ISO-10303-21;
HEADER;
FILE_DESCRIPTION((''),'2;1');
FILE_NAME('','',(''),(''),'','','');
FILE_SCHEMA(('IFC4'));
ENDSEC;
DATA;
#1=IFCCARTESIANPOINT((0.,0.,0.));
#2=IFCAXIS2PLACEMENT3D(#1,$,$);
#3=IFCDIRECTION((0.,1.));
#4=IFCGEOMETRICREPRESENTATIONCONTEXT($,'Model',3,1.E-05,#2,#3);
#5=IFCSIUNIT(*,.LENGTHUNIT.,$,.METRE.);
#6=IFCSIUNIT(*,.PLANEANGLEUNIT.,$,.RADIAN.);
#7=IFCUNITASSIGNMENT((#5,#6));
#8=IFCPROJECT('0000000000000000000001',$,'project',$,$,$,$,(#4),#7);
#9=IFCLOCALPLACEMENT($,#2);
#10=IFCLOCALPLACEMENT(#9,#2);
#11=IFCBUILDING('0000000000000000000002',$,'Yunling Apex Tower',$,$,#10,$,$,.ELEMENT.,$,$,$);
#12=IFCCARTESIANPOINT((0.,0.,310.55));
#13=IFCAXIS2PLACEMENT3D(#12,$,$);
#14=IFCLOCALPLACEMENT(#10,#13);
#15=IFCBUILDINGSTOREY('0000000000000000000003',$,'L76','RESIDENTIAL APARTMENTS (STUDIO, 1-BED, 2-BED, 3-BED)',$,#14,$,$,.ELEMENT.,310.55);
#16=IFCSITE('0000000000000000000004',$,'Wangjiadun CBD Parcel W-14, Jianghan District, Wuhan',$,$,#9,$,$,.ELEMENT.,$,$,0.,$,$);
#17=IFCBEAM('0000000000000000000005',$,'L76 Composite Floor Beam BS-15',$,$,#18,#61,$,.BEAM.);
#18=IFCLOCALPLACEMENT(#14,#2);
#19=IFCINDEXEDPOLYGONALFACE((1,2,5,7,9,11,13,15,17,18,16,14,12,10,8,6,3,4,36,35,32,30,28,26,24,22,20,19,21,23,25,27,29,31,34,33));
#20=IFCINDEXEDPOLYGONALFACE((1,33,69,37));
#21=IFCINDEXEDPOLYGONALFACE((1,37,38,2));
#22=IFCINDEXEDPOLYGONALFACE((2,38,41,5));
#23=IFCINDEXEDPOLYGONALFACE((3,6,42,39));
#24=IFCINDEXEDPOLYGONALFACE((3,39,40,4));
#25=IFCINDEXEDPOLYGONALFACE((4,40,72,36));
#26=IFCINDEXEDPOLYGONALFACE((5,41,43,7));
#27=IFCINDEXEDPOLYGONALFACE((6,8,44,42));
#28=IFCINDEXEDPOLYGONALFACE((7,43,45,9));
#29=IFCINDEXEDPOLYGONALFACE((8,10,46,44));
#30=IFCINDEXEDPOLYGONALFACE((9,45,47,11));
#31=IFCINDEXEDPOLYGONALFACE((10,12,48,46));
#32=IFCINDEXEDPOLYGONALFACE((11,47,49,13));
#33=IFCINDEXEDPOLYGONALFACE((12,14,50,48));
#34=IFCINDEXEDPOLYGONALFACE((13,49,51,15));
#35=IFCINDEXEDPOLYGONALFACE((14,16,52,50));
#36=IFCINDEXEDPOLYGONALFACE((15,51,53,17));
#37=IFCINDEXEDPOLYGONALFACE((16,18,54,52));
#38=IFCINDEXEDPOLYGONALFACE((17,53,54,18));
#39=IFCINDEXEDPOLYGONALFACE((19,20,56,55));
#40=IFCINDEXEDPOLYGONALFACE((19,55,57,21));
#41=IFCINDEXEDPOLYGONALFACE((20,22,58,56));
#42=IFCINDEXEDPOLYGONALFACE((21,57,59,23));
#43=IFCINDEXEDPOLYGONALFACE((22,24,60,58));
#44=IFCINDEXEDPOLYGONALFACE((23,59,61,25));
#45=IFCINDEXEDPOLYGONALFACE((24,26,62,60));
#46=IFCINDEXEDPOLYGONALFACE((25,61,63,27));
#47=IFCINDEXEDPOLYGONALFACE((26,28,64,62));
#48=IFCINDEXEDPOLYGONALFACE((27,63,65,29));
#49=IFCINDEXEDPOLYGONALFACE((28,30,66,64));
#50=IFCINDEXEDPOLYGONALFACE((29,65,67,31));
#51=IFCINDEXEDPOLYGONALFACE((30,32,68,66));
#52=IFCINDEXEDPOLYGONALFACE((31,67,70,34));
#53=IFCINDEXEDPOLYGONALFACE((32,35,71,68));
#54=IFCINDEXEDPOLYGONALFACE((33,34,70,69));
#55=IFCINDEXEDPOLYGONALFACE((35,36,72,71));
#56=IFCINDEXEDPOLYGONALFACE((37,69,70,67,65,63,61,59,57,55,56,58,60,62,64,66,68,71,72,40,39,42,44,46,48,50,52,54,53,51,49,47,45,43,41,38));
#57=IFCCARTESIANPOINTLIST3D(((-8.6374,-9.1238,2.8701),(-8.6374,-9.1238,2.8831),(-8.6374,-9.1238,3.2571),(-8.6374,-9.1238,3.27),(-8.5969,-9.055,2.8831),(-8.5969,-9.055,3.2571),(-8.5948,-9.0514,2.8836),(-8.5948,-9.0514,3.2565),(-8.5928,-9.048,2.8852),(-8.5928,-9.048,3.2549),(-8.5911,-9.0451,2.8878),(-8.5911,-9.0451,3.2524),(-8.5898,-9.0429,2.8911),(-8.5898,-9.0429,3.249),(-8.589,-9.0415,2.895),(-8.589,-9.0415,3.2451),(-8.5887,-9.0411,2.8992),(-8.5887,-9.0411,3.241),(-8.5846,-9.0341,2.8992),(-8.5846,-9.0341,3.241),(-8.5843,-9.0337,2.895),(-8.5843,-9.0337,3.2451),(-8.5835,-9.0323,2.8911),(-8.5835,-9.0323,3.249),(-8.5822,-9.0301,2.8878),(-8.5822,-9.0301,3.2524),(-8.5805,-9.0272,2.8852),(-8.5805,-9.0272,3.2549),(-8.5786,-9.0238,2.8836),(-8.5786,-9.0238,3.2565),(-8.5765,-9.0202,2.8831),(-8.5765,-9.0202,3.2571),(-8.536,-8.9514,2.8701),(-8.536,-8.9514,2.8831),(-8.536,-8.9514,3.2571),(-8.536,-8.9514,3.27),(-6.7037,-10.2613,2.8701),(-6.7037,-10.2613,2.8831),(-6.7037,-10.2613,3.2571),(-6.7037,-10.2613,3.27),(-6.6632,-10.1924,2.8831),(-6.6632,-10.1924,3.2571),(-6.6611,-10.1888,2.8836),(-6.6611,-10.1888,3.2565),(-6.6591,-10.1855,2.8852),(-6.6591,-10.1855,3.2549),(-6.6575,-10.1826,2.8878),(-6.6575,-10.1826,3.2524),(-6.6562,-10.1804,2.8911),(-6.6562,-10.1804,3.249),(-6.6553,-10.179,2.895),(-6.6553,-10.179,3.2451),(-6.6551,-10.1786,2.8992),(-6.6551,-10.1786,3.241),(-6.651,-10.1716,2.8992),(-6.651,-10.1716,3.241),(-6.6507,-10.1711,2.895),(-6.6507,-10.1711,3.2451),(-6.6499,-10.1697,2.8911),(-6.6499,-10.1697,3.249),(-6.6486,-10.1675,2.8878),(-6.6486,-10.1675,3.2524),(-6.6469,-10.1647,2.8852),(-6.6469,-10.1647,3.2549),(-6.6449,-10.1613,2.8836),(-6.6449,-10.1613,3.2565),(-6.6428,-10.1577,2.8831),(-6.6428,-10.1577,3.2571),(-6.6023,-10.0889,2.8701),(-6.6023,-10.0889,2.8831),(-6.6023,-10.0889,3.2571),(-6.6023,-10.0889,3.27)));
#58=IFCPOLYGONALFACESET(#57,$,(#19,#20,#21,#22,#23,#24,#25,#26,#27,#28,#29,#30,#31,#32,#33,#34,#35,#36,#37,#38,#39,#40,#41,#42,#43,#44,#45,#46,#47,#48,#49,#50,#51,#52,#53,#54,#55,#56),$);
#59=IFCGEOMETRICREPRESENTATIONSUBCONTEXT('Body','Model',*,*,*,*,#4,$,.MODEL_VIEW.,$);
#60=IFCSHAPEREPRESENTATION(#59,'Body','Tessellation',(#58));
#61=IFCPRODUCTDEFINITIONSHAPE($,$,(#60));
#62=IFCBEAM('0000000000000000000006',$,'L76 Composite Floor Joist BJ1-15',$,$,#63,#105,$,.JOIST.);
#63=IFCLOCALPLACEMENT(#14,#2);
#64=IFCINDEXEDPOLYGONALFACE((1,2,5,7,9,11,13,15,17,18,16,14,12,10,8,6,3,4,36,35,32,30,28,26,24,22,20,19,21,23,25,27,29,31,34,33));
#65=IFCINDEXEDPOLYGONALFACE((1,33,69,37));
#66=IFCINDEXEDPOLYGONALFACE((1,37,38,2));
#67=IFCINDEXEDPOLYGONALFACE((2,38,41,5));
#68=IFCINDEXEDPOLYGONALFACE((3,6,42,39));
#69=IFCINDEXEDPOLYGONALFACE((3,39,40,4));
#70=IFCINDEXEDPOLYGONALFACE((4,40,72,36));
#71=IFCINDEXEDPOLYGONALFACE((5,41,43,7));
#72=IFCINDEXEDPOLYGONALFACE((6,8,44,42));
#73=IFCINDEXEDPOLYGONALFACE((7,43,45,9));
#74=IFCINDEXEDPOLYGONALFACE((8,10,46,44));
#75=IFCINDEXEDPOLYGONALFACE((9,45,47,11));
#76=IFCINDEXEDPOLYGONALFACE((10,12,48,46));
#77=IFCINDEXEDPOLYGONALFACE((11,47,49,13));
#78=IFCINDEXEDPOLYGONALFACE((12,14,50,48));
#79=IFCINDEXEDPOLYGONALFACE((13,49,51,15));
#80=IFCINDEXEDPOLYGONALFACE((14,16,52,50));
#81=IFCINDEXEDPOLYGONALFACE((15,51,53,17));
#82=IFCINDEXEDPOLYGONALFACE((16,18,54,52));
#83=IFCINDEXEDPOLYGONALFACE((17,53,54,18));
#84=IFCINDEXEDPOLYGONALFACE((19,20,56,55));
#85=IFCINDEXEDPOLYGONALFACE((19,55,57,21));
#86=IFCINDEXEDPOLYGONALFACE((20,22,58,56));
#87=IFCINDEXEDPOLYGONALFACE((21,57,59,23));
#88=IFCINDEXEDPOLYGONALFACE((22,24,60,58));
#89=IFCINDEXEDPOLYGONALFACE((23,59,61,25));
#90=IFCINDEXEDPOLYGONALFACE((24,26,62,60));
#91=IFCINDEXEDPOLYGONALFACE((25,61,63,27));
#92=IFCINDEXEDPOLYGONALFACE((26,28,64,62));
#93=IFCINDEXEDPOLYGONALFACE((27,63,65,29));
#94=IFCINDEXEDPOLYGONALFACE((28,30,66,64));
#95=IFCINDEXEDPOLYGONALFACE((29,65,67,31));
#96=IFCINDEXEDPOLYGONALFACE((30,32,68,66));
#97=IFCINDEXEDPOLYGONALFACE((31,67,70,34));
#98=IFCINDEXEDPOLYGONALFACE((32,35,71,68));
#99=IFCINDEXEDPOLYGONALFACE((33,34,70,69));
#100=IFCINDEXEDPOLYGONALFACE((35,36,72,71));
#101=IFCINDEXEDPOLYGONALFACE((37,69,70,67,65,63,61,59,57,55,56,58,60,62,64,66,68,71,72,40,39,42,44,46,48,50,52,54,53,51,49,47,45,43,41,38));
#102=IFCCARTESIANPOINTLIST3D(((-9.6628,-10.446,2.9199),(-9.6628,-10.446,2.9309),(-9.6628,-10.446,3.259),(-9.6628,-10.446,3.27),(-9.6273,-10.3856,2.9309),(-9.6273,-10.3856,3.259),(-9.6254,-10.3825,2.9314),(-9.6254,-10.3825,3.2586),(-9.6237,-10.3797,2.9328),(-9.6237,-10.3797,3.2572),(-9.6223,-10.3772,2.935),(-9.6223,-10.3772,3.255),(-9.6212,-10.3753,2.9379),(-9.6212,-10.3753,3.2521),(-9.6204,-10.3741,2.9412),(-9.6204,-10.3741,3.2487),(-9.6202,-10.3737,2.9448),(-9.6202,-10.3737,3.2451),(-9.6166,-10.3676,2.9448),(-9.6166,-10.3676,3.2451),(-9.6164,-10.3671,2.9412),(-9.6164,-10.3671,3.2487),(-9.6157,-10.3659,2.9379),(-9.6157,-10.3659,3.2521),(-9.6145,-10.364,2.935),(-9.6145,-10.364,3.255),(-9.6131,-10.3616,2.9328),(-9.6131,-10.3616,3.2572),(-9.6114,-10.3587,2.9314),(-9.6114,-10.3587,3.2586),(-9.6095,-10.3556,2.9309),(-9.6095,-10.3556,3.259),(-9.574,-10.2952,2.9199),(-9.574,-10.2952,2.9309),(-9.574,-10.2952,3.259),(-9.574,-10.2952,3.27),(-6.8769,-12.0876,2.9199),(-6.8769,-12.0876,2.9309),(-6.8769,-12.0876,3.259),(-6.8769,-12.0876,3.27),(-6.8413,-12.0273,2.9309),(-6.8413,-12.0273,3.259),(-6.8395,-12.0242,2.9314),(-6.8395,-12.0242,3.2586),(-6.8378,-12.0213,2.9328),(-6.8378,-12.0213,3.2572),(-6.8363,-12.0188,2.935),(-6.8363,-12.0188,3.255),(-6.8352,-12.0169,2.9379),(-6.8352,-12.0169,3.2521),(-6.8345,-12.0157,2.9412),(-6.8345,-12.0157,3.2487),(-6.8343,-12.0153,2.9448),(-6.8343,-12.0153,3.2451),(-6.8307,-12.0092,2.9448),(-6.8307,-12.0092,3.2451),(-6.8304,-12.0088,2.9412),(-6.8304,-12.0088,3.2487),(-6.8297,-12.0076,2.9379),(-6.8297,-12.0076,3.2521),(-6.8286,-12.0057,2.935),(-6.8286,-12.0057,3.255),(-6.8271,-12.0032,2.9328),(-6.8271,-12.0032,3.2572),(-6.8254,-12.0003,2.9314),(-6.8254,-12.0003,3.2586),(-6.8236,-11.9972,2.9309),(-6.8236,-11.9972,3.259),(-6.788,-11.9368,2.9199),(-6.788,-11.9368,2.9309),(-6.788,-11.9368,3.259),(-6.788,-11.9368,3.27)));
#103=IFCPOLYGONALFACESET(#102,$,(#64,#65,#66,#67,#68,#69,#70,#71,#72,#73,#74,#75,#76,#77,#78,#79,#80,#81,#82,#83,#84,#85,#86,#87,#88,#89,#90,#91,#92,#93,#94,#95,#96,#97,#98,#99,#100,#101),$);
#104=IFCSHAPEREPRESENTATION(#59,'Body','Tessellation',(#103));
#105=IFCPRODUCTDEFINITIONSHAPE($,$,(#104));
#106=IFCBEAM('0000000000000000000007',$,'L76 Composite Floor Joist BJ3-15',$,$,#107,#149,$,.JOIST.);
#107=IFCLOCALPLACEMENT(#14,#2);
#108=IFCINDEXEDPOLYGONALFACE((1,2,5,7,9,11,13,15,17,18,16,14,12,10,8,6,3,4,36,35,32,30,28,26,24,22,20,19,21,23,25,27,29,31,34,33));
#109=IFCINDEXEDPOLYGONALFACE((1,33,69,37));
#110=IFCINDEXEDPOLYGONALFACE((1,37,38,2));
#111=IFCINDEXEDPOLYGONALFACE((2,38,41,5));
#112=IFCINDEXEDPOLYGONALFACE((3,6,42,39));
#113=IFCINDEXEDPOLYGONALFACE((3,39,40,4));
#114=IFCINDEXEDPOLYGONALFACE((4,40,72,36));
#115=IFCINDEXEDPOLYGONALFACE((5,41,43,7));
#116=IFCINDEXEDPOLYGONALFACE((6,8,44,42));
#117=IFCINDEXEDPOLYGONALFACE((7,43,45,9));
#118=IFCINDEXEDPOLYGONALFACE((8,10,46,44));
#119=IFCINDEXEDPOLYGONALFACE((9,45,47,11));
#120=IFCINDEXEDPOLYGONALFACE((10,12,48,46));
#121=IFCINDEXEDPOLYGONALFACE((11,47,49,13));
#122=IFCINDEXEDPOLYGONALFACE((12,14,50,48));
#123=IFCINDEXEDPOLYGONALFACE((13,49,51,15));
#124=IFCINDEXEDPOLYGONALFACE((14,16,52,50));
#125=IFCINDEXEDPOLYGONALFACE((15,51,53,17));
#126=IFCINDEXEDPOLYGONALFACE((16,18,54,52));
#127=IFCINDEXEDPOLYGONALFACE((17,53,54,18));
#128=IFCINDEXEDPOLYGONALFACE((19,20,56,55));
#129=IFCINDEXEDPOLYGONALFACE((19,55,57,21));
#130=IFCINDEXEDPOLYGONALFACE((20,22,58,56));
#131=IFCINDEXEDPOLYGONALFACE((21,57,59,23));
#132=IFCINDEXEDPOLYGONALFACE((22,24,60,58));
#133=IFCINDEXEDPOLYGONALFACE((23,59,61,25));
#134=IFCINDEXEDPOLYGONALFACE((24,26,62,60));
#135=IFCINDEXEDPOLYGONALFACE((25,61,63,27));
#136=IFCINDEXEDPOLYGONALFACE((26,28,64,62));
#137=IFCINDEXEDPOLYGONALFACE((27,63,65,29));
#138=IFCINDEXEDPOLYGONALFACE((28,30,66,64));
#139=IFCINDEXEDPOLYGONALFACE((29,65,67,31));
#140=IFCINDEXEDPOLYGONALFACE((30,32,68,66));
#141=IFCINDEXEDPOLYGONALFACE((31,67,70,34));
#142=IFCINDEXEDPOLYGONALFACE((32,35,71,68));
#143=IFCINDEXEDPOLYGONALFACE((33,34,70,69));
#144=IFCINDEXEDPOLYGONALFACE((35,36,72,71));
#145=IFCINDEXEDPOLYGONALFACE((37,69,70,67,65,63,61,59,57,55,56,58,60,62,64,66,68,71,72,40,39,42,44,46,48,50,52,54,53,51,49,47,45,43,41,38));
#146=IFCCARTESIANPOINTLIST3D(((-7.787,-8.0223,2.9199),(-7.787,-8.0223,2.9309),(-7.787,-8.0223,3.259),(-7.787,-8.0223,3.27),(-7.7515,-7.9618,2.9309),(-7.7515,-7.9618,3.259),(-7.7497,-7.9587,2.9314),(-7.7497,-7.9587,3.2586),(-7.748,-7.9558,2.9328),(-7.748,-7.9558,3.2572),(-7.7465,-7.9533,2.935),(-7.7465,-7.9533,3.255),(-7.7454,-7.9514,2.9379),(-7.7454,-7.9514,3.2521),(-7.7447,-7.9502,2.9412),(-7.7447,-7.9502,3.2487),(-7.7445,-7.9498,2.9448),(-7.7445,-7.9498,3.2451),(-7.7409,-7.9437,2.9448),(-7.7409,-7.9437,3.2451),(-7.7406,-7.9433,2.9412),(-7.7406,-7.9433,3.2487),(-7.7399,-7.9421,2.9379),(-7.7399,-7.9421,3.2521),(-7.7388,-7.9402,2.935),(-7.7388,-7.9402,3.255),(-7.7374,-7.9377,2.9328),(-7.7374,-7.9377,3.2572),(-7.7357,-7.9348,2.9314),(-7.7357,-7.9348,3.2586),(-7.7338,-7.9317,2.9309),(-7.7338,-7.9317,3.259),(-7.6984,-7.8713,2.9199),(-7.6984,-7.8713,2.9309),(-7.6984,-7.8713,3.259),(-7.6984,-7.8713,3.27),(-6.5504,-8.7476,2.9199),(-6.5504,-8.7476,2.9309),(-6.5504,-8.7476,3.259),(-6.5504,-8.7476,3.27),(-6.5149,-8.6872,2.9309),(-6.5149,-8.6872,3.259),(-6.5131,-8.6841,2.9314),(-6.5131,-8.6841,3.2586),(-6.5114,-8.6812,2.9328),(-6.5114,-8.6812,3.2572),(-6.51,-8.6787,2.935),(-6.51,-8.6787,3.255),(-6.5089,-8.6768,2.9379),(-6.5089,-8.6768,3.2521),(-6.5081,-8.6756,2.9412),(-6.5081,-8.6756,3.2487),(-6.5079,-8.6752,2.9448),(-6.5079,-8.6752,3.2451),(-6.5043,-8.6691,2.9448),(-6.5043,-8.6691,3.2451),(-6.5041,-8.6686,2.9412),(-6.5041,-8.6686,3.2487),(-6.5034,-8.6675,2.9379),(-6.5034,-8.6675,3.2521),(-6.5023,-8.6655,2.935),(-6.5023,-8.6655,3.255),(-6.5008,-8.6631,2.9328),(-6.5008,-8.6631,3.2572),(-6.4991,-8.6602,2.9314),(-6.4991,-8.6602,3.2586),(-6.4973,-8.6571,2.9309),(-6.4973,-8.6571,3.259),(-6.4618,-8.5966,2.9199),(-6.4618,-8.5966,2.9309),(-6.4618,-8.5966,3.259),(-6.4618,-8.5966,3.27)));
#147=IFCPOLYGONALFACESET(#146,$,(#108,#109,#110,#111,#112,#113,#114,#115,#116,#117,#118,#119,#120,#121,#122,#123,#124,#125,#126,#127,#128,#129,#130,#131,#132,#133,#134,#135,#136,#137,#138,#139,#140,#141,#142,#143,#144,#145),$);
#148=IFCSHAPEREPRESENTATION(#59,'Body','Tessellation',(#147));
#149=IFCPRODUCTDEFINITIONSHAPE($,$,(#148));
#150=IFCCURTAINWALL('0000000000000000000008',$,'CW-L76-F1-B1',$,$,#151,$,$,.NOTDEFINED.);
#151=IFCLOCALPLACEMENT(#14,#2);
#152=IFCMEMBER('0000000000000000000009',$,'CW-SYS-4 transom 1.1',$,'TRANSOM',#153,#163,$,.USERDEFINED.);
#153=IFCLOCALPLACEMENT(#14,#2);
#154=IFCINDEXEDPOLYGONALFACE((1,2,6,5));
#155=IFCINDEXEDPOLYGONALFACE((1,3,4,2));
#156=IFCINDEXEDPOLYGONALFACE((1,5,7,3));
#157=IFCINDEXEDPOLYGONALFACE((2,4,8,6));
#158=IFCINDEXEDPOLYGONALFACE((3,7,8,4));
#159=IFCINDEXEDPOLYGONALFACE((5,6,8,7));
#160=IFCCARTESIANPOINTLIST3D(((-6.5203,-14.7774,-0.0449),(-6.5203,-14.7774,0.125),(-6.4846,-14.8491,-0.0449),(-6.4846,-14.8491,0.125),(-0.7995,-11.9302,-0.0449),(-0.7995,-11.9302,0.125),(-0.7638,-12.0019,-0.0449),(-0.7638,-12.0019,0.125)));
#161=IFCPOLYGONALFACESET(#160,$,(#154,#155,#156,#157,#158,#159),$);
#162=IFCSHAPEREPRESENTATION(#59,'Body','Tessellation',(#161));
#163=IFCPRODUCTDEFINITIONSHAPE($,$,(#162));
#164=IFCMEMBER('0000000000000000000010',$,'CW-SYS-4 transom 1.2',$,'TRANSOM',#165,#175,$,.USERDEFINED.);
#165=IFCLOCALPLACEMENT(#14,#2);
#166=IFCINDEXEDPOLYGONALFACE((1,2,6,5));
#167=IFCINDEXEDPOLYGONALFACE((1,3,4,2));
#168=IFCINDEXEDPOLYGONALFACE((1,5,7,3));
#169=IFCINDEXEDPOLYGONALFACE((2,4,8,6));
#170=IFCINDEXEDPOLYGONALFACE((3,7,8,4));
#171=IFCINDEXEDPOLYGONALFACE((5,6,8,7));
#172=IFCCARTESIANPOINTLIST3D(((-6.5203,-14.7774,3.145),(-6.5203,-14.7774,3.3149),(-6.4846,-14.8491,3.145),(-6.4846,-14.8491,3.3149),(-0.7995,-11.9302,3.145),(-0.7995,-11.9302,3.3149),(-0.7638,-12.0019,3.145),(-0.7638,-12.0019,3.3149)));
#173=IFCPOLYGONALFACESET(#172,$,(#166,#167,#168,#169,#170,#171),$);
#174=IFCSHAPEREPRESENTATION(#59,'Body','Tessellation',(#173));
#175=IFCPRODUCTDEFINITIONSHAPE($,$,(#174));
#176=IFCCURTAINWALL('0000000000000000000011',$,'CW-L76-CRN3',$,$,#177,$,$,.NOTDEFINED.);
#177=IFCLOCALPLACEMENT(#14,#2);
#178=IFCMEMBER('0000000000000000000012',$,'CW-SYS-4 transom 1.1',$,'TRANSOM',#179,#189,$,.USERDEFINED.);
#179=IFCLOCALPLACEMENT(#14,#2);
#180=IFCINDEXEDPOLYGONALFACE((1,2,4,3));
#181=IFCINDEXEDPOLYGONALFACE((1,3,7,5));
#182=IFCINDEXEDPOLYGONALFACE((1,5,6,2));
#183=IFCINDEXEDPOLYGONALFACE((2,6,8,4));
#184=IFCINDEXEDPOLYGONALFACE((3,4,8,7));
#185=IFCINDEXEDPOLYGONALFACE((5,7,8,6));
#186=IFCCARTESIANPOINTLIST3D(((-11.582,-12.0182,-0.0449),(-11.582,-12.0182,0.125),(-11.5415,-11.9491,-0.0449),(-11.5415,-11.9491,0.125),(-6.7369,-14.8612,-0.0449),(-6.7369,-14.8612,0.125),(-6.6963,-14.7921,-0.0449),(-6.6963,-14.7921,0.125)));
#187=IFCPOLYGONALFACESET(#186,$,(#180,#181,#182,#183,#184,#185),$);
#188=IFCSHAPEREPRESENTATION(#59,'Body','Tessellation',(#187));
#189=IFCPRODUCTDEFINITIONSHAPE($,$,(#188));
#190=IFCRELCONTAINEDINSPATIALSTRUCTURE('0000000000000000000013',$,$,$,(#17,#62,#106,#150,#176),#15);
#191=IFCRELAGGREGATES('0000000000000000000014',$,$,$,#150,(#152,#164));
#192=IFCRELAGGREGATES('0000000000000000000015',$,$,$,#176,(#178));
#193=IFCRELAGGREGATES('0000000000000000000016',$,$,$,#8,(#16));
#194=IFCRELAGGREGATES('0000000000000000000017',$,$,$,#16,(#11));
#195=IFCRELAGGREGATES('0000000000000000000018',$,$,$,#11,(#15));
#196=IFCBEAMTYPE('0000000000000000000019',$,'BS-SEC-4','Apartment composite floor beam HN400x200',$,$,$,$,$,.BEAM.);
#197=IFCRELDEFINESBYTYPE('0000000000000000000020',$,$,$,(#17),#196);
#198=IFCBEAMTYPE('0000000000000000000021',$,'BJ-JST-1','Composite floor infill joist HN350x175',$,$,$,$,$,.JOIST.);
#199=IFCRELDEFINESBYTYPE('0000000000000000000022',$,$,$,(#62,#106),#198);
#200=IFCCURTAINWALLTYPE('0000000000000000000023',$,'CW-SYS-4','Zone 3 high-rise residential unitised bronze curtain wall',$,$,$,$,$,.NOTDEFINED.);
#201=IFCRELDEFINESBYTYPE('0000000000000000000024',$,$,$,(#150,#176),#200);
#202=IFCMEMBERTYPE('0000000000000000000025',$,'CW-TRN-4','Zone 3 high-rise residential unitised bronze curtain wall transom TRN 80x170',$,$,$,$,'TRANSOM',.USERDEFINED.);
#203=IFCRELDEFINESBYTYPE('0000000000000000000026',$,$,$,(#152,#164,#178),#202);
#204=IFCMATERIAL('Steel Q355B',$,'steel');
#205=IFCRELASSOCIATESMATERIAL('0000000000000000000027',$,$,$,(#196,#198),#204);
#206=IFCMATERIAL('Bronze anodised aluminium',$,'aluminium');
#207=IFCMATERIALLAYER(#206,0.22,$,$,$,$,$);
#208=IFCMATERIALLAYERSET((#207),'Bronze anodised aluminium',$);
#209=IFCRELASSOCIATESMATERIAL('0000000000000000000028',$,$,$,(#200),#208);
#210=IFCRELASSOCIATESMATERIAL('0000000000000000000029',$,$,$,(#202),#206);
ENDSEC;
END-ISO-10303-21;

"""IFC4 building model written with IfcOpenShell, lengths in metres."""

from ifc_helpers import new_model, si_unit, direction, frame, origin, origin_2d, place, context, subcontext, project, spatial, rectangle, i_section, extrude, source, transform, mapped, material, layer, layer_set, material_profile, profile_set, type_object, element, aggregate, save


model = new_model("IFC4")

# Units and contexts
model_context = context("Model", 3, precision=1e-05, world=origin(), true_north=direction((0.0, 1.0)))
body_context = subcontext(model_context, "Body", "Model", "MODEL_VIEW")
ifc_project = project(units=[si_unit("LENGTHUNIT", "METRE"), si_unit("PLANEANGLEUNIT", "RADIAN")], contexts=[model_context])

# Site, building, storey
site_placement = place(None, origin())
site = spatial("IfcSite", under=ifc_project, at=site_placement, Name="Wangjiadun CBD Parcel W-14, Jianghan District, Wuhan", CompositionType="ELEMENT", RefElevation=0.0)
building_placement = place(site_placement, origin())
building = spatial("IfcBuilding", under=site, at=building_placement, Name="Yunling Apex Tower", CompositionType="ELEMENT")
storey_placement = place(building_placement, frame((0.0, 0.0, 310.55)))
storey = spatial("IfcBuildingStorey", under=building, at=storey_placement, Name="L76", Description="RESIDENTIAL APARTMENTS (STUDIO, 1-BED, 2-BED, 3-BED)", CompositionType="ELEMENT", Elevation=310.55)

# Shared definitions
ifc_material_1 = material(Name="Steel Q355B", Category="steel")

# Beams
ifc_material_profile_1 = material_profile(ifc_material_1, i_section(OverallWidth=0.2, OverallDepth=0.3999, WebThickness=0.0081, FlangeThickness=0.0129, FilletRadius=0.0161, at=origin_2d()))
ifc_profile_set_1 = profile_set([ifc_material_profile_1], Name="Steel Q355B")
beam_type_1 = type_object("IfcBeamType", Name="BS-SEC-4", Description="Apartment composite floor beam HN400x200", PredefinedType="BEAM", material=ifc_profile_set_1)
ifc_material_profile_2 = material_profile(ifc_material_1, i_section(OverallWidth=0.175, OverallDepth=0.3501, WebThickness=0.0071, FlangeThickness=0.011, FilletRadius=0.0139, at=origin_2d()))
ifc_profile_set_2 = profile_set([ifc_material_profile_2], Name="Steel Q355B")
beam_type_2 = type_object("IfcBeamType", Name="BJ-JST-1", Description="Composite floor infill joist HN350x175", PredefinedType="JOIST", material=ifc_profile_set_2)
shared_shape_1 = source(origin(), body_context, "Body", "SweptSolid", [
    extrude(i_section(OverallWidth=0.2, OverallDepth=0.3999, WebThickness=0.0081, FlangeThickness=0.0129, FilletRadius=0.0161, at=origin_2d()), origin(), (0.0, 0.0, 1.0), 2.2434),
])
beam_1_placement = place(storey_placement, frame((-8.5867, -9.0376, 3.0701), z_axis=(0.861926, -0.507034, 0.0), x_axis=(0.507034, 0.861926, 0.0)))
element("IfcBeam", 1, at=beam_1_placement, inside=storey, type_object=beam_type_1, Name="L76 Composite Floor Beam BS-15", PredefinedType="BEAM", context=body_context, shape_type="MappedRepresentation", body=[
    mapped(shared_shape_1, transform((0.0, 0.0, 0.0), scale=1.0)),
])
shared_shape_2 = source(origin(), body_context, "Body", "SweptSolid", [
    extrude(i_section(OverallWidth=0.175, OverallDepth=0.3501, WebThickness=0.0071, FlangeThickness=0.011, FilletRadius=0.0139, at=origin_2d()), origin(), (0.0, 0.0, 1.0), 3.2336),
])
beam_2_placement = place(storey_placement, frame((-9.6184, -10.3706, 3.095), z_axis=(0.86155, -0.507673, 0.0), x_axis=(0.507673, 0.86155, 0.0)))
element("IfcBeam", 2, at=beam_2_placement, inside=storey, type_object=beam_type_2, Name="L76 Composite Floor Joist BJ1-15", PredefinedType="JOIST", context=body_context, shape_type="MappedRepresentation", body=[
    mapped(shared_shape_2, transform((0.0, 0.0, 0.0), scale=1.0)),
])
shared_shape_3 = source(origin(), body_context, "Body", "SweptSolid", [
    extrude(i_section(OverallWidth=0.175, OverallDepth=0.3501, WebThickness=0.0071, FlangeThickness=0.011, FilletRadius=0.0139, at=origin_2d()), origin(), (0.0, 0.0, 1.0), 1.4336),
])
beam_3_placement = place(storey_placement, frame((-7.7427, -7.9468, 3.095), z_axis=(0.86256, -0.505955, 0.0), x_axis=(0.505955, 0.86256, 0.0)))
element("IfcBeam", 3, at=beam_3_placement, inside=storey, type_object=beam_type_2, Name="L76 Composite Floor Joist BJ3-15", PredefinedType="JOIST", context=body_context, shape_type="MappedRepresentation", body=[
    mapped(shared_shape_3, transform((0.0, 0.0, 0.0), scale=1.0)),
])

# Curtain walls, members
ifc_material_2 = material(Name="Bronze anodised aluminium", Category="aluminium")
ifc_layer_1 = layer(ifc_material_2, 0.22)
ifc_layer_set_1 = layer_set([ifc_layer_1], Name="Bronze anodised aluminium")
curtain_wall_type = type_object("IfcCurtainWallType", Name="CW-SYS-4", Description="Zone 3 high-rise residential unitised bronze curtain wall", PredefinedType="NOTDEFINED", material=ifc_layer_set_1)
curtain_wall_1_placement = place(storey_placement, origin())
curtain_wall_1 = element("IfcCurtainWall", 4, at=curtain_wall_1_placement, inside=storey, type_object=curtain_wall_type, Name="CW-L76-F1-B1", PredefinedType="NOTDEFINED")
ifc_material_profile_3 = material_profile(ifc_material_2, rectangle(XDim=0.0801, YDim=0.1699, at=origin_2d()))
ifc_profile_set_3 = profile_set([ifc_material_profile_3], Name="Bronze anodised aluminium")
member_type_1 = type_object("IfcMemberType", Name="CW-TRN-4", Description="Zone 3 high-rise residential unitised bronze curtain wall transom TRN 80x170", ElementType="TRANSOM", PredefinedType="USERDEFINED", material=ifc_profile_set_3)
shared_shape_4 = source(origin(), body_context, "Body", "SweptSolid", [
    extrude(rectangle(XDim=0.0801, YDim=0.1699, at=origin_2d()), origin(), (0.0, 0.0, 1.0), 6.3901),
])
member_1_placement = place(storey_placement, frame((-6.5024, -14.8132, 0.04), z_axis=(0.895251, 0.445562, 0.0), x_axis=(-0.445562, 0.895251, 0.0)))
member_1 = element("IfcMember", 5, at=member_1_placement, type_object=member_type_1, Name="CW-SYS-4 transom 1.1", ObjectType="TRANSOM", PredefinedType="USERDEFINED", context=body_context, shape_type="MappedRepresentation", body=[
    mapped(shared_shape_4, transform((0.0, 0.0, 0.0), scale=1.0)),
])
member_2_placement = place(storey_placement, frame((-6.5024, -14.8132, 3.23), z_axis=(0.895251, 0.445562, 0.0), x_axis=(-0.445562, 0.895251, 0.0)))
member_2 = element("IfcMember", 6, at=member_2_placement, type_object=member_type_1, Name="CW-SYS-4 transom 1.2", ObjectType="TRANSOM", PredefinedType="USERDEFINED", context=body_context, shape_type="MappedRepresentation", body=[
    mapped(shared_shape_4, transform((0.0, 0.0, 0.0), scale=1.0)),
])
curtain_wall_2_placement = place(storey_placement, origin())
curtain_wall_2 = element("IfcCurtainWall", 7, at=curtain_wall_2_placement, inside=storey, type_object=curtain_wall_type, Name="CW-L76-CRN3", PredefinedType="NOTDEFINED")
shared_shape_5 = source(origin(), body_context, "Body", "SweptSolid", [
    extrude(rectangle(XDim=0.0801, YDim=0.1699, at=origin_2d()), origin(), (0.0, 0.0, 1.0), 5.6177),
])
member_3_placement = place(storey_placement, frame((-11.5618, -11.9836, 0.04), z_axis=(0.862487, -0.50608, 0.0), x_axis=(0.50608, 0.862487, 0.0)))
member_3 = element("IfcMember", 8, at=member_3_placement, type_object=member_type_1, Name="CW-SYS-4 transom 1.1", ObjectType="TRANSOM", PredefinedType="USERDEFINED", context=body_context, shape_type="MappedRepresentation", body=[
    mapped(shared_shape_5, transform((0.0, 0.0, 0.0), scale=1.0)),
])

aggregate(curtain_wall_1, [member_1, member_2])
aggregate(curtain_wall_2, [member_3])

save(model, "model.ifc")
